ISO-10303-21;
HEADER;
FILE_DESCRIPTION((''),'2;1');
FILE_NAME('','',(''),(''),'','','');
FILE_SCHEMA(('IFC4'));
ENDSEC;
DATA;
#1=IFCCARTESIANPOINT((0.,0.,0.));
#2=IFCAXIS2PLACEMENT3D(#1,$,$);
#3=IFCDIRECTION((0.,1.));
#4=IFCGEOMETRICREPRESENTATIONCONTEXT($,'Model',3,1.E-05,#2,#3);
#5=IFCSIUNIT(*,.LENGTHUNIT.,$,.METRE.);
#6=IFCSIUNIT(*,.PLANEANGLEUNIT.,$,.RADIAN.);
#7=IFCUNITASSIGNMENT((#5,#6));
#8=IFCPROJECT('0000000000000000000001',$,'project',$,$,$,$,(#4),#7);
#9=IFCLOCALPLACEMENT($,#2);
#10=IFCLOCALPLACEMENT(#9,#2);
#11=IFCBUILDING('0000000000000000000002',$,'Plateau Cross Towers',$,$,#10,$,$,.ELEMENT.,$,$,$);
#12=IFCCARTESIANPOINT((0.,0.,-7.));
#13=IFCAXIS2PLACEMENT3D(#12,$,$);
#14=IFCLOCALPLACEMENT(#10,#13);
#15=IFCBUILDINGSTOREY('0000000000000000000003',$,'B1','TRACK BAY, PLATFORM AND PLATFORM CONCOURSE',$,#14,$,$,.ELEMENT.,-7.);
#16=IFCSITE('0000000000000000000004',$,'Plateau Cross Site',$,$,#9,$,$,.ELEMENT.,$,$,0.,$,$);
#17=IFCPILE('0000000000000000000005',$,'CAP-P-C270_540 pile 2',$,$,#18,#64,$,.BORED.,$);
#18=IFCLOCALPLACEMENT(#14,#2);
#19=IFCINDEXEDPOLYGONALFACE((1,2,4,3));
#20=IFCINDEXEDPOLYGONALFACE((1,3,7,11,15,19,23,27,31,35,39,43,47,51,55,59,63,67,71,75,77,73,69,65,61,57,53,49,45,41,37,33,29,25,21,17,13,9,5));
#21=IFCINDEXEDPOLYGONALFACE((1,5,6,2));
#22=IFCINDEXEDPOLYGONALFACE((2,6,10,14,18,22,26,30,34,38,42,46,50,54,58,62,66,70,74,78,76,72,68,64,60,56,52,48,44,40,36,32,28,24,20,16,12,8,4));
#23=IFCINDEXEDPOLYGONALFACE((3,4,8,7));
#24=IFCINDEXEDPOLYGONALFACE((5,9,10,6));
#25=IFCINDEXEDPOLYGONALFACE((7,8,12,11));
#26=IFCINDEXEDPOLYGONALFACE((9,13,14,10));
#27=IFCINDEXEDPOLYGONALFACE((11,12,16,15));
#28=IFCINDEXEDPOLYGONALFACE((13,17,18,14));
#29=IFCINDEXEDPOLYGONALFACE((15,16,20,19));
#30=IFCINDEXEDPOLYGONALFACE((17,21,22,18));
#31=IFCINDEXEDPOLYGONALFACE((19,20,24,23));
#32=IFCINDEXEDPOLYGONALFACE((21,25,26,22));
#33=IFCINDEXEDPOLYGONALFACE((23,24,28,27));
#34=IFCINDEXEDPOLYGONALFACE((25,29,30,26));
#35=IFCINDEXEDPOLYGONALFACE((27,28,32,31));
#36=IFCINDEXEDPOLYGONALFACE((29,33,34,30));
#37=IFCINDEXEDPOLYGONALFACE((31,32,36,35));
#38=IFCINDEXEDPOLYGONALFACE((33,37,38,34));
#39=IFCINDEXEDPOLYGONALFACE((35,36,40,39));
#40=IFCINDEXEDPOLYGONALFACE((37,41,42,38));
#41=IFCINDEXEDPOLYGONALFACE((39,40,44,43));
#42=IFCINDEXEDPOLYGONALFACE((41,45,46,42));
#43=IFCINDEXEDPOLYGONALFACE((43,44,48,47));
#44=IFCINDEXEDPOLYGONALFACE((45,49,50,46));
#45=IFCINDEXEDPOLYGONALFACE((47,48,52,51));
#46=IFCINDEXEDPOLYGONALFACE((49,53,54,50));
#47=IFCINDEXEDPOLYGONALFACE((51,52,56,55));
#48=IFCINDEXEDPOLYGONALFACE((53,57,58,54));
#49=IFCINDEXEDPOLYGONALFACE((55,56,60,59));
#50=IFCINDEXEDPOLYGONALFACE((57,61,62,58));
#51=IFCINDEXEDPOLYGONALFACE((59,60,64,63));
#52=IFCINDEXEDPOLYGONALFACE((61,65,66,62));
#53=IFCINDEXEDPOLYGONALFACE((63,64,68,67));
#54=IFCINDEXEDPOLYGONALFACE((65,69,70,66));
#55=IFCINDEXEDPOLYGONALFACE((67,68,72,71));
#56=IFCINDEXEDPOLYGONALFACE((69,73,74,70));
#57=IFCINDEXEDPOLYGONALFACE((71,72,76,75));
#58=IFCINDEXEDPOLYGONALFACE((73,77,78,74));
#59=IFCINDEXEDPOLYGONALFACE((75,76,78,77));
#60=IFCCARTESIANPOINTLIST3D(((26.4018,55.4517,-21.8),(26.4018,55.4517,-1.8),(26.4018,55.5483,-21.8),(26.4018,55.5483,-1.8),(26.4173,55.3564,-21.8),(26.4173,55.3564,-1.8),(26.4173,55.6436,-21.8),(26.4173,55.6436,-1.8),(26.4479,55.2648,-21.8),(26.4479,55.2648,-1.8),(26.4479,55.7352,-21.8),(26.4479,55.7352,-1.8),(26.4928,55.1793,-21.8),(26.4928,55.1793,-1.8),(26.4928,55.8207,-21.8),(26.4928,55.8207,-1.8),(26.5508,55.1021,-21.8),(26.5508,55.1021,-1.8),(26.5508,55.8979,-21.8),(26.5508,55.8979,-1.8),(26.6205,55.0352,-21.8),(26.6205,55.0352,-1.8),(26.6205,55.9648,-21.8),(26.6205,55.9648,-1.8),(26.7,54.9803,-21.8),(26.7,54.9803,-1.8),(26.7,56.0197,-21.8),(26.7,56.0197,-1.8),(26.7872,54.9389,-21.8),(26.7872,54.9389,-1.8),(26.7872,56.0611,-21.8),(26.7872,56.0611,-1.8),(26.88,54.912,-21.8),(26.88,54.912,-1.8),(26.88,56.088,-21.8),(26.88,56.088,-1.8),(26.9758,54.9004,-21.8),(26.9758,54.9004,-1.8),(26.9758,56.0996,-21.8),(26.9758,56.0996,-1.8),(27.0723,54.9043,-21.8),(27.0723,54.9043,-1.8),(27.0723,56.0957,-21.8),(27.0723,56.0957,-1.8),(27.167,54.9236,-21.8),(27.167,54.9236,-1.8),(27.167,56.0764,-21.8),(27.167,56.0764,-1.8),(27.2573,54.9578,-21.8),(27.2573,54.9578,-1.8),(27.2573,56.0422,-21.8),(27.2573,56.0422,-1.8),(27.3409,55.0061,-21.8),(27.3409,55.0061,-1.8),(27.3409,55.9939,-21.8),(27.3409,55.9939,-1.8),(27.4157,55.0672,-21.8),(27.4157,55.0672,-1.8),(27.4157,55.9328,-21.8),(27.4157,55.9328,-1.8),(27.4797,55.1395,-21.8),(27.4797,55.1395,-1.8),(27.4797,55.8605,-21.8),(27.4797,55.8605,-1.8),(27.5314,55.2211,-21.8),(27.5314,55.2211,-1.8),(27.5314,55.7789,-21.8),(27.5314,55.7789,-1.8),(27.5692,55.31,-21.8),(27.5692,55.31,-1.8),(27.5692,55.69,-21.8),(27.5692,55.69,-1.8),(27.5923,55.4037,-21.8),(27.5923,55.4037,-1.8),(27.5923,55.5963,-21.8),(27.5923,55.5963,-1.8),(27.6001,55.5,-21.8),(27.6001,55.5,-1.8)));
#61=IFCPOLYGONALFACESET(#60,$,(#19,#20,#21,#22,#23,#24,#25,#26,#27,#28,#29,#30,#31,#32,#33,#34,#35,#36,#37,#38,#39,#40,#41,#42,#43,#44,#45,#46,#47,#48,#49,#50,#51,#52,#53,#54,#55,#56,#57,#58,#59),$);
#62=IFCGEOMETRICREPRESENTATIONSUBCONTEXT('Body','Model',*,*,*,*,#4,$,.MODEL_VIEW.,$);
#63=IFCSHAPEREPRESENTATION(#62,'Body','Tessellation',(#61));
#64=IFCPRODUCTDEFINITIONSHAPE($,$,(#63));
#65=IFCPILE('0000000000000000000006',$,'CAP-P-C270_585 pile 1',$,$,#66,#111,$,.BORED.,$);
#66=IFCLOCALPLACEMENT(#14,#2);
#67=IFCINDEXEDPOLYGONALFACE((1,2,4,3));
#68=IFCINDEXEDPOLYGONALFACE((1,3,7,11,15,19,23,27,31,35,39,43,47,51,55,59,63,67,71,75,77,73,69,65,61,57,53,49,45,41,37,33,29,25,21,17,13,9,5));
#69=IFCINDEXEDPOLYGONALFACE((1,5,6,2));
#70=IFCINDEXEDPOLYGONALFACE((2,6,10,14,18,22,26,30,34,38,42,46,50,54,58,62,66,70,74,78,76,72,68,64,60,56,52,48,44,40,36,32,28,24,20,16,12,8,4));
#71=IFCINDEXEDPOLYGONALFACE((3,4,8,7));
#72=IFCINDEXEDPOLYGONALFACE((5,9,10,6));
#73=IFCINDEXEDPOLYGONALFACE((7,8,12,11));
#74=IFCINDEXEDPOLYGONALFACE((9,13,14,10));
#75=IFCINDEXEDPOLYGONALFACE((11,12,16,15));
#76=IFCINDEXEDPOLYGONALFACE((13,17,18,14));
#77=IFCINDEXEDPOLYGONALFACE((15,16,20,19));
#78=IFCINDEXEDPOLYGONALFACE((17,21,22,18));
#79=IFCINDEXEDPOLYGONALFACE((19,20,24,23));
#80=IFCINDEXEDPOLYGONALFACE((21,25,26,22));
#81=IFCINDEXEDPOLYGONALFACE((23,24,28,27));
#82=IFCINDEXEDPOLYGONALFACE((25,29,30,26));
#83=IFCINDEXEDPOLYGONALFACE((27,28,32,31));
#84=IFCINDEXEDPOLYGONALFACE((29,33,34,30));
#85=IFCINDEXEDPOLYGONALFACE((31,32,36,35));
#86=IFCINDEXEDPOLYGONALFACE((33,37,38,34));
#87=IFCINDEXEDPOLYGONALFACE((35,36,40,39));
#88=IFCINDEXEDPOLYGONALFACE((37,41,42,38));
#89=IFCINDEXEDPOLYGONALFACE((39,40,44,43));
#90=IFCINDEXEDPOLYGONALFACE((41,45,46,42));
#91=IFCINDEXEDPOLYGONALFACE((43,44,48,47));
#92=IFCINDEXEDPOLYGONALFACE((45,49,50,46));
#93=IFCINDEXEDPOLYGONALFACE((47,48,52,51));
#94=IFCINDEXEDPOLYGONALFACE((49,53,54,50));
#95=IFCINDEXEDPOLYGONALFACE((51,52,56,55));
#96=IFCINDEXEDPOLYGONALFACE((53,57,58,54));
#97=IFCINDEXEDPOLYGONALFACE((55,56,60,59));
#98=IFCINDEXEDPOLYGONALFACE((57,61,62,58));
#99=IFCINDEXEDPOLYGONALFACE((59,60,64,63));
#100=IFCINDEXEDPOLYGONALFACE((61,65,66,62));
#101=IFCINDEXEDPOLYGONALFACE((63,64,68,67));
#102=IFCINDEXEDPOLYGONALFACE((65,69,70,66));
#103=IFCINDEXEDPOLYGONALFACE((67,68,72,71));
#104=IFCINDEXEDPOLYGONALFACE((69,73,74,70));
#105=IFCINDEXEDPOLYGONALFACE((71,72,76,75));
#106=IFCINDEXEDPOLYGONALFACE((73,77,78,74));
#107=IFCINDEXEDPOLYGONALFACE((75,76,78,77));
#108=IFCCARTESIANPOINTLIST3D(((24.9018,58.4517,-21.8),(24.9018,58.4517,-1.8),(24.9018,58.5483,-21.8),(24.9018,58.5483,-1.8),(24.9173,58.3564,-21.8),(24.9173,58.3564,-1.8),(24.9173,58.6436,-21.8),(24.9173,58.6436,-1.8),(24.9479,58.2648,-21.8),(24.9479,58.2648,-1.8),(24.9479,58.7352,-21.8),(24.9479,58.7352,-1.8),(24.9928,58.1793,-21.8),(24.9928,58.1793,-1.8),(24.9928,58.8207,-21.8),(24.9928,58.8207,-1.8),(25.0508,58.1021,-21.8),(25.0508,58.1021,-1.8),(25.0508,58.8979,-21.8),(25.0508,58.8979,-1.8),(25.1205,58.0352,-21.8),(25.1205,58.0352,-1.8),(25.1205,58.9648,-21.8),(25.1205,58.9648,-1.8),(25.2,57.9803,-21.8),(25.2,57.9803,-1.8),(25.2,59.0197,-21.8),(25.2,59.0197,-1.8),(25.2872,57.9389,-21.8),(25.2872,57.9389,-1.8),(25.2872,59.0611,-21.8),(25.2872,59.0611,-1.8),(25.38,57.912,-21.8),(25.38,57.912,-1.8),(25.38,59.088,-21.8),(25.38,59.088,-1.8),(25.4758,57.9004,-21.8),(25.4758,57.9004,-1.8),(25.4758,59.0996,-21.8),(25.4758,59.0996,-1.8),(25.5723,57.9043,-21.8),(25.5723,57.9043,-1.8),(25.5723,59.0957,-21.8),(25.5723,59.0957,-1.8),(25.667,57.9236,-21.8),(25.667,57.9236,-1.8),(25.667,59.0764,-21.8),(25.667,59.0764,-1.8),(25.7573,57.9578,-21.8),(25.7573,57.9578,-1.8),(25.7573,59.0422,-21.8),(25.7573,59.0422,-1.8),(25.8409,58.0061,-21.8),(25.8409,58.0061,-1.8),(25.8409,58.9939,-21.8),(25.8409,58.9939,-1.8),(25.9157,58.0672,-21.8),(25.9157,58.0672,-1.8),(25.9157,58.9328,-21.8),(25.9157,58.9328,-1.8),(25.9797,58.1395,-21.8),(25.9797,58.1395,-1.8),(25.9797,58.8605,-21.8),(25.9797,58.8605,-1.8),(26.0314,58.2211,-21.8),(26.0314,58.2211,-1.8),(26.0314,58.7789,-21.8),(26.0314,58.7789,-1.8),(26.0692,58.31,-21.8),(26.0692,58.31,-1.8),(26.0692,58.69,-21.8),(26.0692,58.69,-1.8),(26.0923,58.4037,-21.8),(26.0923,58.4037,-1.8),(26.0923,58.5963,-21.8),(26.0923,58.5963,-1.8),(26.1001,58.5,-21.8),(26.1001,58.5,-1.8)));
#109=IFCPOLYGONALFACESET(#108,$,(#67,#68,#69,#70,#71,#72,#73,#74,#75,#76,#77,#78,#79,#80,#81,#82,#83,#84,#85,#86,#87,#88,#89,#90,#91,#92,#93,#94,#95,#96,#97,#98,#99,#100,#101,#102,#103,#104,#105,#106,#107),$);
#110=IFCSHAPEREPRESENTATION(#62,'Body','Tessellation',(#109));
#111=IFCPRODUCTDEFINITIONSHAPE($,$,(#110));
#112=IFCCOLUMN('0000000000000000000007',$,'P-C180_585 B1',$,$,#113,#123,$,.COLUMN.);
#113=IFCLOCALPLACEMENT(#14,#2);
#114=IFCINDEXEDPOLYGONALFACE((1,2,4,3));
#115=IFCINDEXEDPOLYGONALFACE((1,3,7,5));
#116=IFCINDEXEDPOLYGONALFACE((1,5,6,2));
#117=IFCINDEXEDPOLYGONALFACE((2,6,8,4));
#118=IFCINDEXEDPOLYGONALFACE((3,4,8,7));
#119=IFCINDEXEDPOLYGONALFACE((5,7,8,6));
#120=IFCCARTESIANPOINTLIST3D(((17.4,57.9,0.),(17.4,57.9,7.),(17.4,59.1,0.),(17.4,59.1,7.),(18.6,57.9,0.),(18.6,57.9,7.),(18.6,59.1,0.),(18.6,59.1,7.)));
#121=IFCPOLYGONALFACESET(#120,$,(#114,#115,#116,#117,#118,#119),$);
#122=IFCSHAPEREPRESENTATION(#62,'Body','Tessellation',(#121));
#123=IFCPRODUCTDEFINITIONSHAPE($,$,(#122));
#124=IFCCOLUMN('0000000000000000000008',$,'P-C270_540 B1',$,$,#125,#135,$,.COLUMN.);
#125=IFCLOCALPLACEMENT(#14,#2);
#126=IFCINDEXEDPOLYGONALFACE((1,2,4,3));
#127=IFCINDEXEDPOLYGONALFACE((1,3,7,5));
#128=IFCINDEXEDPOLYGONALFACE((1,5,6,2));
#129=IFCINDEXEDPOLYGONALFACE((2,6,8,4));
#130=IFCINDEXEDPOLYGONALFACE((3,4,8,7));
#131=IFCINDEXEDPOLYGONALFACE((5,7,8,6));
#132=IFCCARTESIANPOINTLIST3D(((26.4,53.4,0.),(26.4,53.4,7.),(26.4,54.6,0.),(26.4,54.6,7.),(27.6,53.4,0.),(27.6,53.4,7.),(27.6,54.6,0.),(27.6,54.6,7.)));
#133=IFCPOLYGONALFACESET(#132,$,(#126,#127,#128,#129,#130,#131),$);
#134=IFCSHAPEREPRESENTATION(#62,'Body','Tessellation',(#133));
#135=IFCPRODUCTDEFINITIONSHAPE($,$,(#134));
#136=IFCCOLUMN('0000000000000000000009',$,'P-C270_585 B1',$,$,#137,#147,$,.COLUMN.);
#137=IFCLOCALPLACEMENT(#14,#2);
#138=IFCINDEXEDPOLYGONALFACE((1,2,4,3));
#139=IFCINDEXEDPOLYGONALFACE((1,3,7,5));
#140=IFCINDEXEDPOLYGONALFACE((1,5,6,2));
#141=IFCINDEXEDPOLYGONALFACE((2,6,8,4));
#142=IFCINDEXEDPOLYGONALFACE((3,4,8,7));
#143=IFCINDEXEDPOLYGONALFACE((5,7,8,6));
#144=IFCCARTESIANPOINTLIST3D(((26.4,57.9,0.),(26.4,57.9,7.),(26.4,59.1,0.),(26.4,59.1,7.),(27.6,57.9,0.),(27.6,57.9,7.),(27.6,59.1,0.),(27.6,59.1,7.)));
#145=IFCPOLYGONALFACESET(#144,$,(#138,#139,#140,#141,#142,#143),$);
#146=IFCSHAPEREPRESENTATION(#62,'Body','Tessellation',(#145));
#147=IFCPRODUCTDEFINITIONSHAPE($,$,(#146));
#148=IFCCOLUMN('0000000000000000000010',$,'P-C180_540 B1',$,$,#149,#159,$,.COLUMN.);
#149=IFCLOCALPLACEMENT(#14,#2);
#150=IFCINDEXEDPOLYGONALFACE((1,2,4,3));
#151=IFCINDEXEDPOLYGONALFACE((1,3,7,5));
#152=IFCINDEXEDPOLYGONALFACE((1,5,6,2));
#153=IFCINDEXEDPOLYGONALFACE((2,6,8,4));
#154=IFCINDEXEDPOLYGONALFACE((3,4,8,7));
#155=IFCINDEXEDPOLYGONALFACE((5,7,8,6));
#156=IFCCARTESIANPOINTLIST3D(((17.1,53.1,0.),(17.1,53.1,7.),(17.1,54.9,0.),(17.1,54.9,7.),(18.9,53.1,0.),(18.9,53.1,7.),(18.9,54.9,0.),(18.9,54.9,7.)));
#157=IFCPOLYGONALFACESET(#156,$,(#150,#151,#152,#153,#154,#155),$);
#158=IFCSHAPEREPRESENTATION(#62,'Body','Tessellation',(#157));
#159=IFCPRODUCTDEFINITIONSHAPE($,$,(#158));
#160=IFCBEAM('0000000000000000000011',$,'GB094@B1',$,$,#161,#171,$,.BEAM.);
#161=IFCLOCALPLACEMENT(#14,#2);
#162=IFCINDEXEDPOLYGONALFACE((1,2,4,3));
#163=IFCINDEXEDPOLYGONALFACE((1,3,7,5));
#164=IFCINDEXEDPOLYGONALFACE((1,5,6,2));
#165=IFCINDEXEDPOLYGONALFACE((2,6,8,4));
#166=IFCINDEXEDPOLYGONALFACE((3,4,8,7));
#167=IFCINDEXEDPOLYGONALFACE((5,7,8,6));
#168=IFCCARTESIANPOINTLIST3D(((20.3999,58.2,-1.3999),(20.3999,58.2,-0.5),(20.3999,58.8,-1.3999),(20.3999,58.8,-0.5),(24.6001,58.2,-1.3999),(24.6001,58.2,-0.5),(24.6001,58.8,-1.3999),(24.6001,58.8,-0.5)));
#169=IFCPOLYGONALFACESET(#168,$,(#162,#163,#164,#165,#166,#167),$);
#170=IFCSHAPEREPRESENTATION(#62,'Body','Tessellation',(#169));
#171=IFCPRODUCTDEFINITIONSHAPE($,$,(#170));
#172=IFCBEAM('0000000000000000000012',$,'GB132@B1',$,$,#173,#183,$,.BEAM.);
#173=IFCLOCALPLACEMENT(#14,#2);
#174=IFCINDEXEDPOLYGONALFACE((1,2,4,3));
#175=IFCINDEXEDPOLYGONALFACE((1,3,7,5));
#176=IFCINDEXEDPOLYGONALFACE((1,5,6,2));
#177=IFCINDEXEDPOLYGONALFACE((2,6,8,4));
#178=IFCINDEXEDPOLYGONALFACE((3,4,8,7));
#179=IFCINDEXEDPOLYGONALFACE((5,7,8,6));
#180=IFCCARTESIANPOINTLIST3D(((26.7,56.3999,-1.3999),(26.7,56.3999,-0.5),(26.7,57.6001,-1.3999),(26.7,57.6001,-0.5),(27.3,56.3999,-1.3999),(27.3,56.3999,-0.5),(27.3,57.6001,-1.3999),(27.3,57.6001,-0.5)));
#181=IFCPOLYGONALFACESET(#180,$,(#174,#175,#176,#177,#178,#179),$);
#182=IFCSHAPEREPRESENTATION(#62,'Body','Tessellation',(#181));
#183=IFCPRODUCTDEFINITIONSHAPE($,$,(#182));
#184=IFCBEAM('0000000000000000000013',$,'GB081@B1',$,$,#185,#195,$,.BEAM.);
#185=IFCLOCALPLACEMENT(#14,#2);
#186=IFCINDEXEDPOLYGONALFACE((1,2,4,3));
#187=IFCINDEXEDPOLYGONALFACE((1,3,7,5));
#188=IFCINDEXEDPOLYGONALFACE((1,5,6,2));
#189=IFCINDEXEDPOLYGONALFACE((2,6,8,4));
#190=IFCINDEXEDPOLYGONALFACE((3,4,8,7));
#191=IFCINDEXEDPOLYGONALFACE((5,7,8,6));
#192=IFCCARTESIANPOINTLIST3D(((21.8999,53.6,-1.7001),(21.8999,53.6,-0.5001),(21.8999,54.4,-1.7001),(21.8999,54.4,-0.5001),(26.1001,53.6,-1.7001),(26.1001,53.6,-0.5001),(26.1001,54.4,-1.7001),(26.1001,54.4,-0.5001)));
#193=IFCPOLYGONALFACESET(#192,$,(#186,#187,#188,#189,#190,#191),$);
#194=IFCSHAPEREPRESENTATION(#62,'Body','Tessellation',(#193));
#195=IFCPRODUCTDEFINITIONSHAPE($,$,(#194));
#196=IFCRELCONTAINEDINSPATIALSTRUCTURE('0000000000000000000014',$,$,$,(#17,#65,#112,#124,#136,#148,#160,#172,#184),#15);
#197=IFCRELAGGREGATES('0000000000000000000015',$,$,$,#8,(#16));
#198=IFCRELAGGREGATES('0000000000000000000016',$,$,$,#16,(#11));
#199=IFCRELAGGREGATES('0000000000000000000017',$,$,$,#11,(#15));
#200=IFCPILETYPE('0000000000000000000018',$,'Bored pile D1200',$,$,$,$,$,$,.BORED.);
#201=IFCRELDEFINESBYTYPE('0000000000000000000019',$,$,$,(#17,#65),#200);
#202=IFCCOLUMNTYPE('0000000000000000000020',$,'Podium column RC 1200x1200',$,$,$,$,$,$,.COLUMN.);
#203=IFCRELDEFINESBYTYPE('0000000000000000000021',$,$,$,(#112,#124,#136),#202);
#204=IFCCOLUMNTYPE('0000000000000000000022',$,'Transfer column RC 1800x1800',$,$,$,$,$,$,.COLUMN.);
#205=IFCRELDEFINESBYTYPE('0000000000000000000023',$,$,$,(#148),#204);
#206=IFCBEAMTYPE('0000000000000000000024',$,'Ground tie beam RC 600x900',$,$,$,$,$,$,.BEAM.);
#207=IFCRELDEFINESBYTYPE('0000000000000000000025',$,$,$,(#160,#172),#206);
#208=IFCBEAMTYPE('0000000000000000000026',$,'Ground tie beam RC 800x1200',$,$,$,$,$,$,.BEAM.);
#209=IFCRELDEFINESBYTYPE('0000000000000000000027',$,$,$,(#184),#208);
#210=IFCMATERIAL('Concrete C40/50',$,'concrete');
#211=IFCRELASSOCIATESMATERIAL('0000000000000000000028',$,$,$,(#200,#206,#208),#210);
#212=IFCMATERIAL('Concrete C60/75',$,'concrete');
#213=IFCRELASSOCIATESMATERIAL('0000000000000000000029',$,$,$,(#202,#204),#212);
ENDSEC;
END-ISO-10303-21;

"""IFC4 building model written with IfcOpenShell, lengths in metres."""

from ifc_helpers import new_model, si_unit, direction, frame, origin, origin_2d, place, context, subcontext, project, spatial, rectangle, circle, extrude, material, material_profile, profile_set, type_object, element, save


model = new_model("IFC4")

# Units and contexts
model_context = context("Model", 3, precision=1e-05, world=origin(), true_north=direction((0.0, 1.0)))
body_context = subcontext(model_context, "Body", "Model", "MODEL_VIEW")
ifc_project = project(units=[si_unit("LENGTHUNIT", "METRE"), si_unit("PLANEANGLEUNIT", "RADIAN")], contexts=[model_context])

# Site, building, storey
site_placement = place(None, origin())
site = spatial("IfcSite", under=ifc_project, at=site_placement, Name="Plateau Cross Site", CompositionType="ELEMENT", RefElevation=0.0)
building_placement = place(site_placement, origin())
building = spatial("IfcBuilding", under=site, at=building_placement, Name="Plateau Cross Towers", CompositionType="ELEMENT")
storey_placement = place(building_placement, frame((0.0, 0.0, -7.0)))
storey = spatial("IfcBuildingStorey", under=building, at=storey_placement, Name="B1", Description="TRACK BAY, PLATFORM AND PLATFORM CONCOURSE", CompositionType="ELEMENT", Elevation=-7.0)

# Piles
ifc_material_1 = material(Name="Concrete C40/50", Category="concrete")
ifc_material_profile_1 = material_profile(ifc_material_1, circle(Radius=0.6001, at=origin_2d()), Name="Bored pile D1200")
ifc_profile_set_1 = profile_set([ifc_material_profile_1], Name="Concrete C40/50")
pile_type = type_object("IfcPileType", Name="Bored pile D1200", PredefinedType="BORED", material=ifc_profile_set_1)
for number, where, z_axis, x_axis, name in (
    (1, (27.0, 55.5, -1.8), (0.0, 0.0, -1.0), (1.0, 0.0, 0.0), "CAP-P-C270_540 pile 2"),
    (2, (25.5, 58.5, -1.8), (0.0, 0.0, -1.0), (1.0, 0.0, 0.0), "CAP-P-C270_585 pile 1"),
):
    element("IfcPile", number, at=place(storey_placement, frame(where, z_axis=z_axis, x_axis=x_axis)), inside=storey, type_object=pile_type, Name=name, PredefinedType="BORED", context=body_context, shape_type="SweptSolid", body=[
        extrude(circle(Radius=0.6001, at=origin_2d()), origin(), (0.0, 0.0, 1.0), 20.0),
    ])

# Columns
ifc_material_2 = material(Name="Concrete C60/75", Category="concrete")
ifc_material_profile_2 = material_profile(ifc_material_2, rectangle(XDim=1.2, YDim=1.2, at=origin_2d()), Name="RC 1200x1200")
ifc_profile_set_2 = profile_set([ifc_material_profile_2], Name="Concrete C60/75")
column_type_1 = type_object("IfcColumnType", Name="Podium column RC 1200x1200", PredefinedType="COLUMN", material=ifc_profile_set_2)
for number, where, z_axis, x_axis, name in (
    (3, (18.0, 58.5, 0.0), (0.0, 0.0, 1.0), (1.0, 0.0, 0.0), "P-C180_585 B1"),
    (4, (27.0, 54.0, 0.0), (0.0, 0.0, 1.0), (1.0, 0.0, 0.0), "P-C270_540 B1"),
    (5, (27.0, 58.5, 0.0), (0.0, 0.0, 1.0), (1.0, 0.0, 0.0), "P-C270_585 B1"),
):
    element("IfcColumn", number, at=place(storey_placement, frame(where, z_axis=z_axis, x_axis=x_axis)), inside=storey, type_object=column_type_1, Name=name, PredefinedType="COLUMN", context=body_context, shape_type="SweptSolid", body=[
        extrude(rectangle(XDim=1.2, YDim=1.2, at=origin_2d()), origin(), (0.0, 0.0, 1.0), 7.0),
    ])
ifc_material_profile_3 = material_profile(ifc_material_2, rectangle(XDim=1.8, YDim=1.8, at=origin_2d()), Name="RC 1800x1800")
ifc_profile_set_3 = profile_set([ifc_material_profile_3], Name="Concrete C60/75")
column_type_2 = type_object("IfcColumnType", Name="Transfer column RC 1800x1800", PredefinedType="COLUMN", material=ifc_profile_set_3)
column_placement = place(storey_placement, frame((18.0, 54.0, 0.0), z_axis=(0.0, 0.0, 1.0), x_axis=(1.0, 0.0, 0.0)))
element("IfcColumn", 6, at=column_placement, inside=storey, type_object=column_type_2, Name="P-C180_540 B1", PredefinedType="COLUMN", context=body_context, shape_type="SweptSolid", body=[
    extrude(rectangle(XDim=1.8, YDim=1.8, at=origin_2d()), origin(), (0.0, 0.0, 1.0), 7.0),
])

# Beams
ifc_material_profile_4 = material_profile(ifc_material_1, rectangle(XDim=0.6001, YDim=0.8999, at=origin_2d()), Name="RC 600x900")
ifc_profile_set_4 = profile_set([ifc_material_profile_4], Name="Concrete C40/50")
beam_type_1 = type_object("IfcBeamType", Name="Ground tie beam RC 600x900", PredefinedType="BEAM", material=ifc_profile_set_4)
beam_1_placement = place(storey_placement, frame((20.3999, 58.5, -0.95), z_axis=(1.0, 0.0, 0.0), x_axis=(0.0, 1.0, 0.0)))
element("IfcBeam", 7, at=beam_1_placement, inside=storey, type_object=beam_type_1, Name="GB094@B1", PredefinedType="BEAM", context=body_context, shape_type="SweptSolid", body=[
    extrude(rectangle(XDim=0.6001, YDim=0.8999, at=origin_2d()), origin(), (0.0, 0.0, 1.0), 4.2002),
])
beam_2_placement = place(storey_placement, frame((27.0, 56.3999, -0.95), z_axis=(0.0, 1.0, 0.0), x_axis=(-1.0, 0.0, 0.0)))
element("IfcBeam", 8, at=beam_2_placement, inside=storey, type_object=beam_type_1, Name="GB132@B1", PredefinedType="BEAM", context=body_context, shape_type="SweptSolid", body=[
    extrude(rectangle(XDim=0.6001, YDim=0.8999, at=origin_2d()), origin(), (0.0, 0.0, 1.0), 1.2002),
])
ifc_material_profile_5 = material_profile(ifc_material_1, rectangle(XDim=0.8, YDim=1.2, at=origin_2d()), Name="RC 800x1200")
ifc_profile_set_5 = profile_set([ifc_material_profile_5], Name="Concrete C40/50")
beam_type_2 = type_object("IfcBeamType", Name="Ground tie beam RC 800x1200", PredefinedType="BEAM", material=ifc_profile_set_5)
beam_3_placement = place(storey_placement, frame((21.8999, 54.0, -1.1001), z_axis=(1.0, 0.0, 0.0), x_axis=(0.0, 1.0, 0.0)))
element("IfcBeam", 9, at=beam_3_placement, inside=storey, type_object=beam_type_2, Name="GB081@B1", PredefinedType="BEAM", context=body_context, shape_type="SweptSolid", body=[
    extrude(rectangle(XDim=0.8, YDim=1.2, at=origin_2d()), origin(), (0.0, 0.0, 1.0), 4.2002),
])

save(model, "model.ifc")
